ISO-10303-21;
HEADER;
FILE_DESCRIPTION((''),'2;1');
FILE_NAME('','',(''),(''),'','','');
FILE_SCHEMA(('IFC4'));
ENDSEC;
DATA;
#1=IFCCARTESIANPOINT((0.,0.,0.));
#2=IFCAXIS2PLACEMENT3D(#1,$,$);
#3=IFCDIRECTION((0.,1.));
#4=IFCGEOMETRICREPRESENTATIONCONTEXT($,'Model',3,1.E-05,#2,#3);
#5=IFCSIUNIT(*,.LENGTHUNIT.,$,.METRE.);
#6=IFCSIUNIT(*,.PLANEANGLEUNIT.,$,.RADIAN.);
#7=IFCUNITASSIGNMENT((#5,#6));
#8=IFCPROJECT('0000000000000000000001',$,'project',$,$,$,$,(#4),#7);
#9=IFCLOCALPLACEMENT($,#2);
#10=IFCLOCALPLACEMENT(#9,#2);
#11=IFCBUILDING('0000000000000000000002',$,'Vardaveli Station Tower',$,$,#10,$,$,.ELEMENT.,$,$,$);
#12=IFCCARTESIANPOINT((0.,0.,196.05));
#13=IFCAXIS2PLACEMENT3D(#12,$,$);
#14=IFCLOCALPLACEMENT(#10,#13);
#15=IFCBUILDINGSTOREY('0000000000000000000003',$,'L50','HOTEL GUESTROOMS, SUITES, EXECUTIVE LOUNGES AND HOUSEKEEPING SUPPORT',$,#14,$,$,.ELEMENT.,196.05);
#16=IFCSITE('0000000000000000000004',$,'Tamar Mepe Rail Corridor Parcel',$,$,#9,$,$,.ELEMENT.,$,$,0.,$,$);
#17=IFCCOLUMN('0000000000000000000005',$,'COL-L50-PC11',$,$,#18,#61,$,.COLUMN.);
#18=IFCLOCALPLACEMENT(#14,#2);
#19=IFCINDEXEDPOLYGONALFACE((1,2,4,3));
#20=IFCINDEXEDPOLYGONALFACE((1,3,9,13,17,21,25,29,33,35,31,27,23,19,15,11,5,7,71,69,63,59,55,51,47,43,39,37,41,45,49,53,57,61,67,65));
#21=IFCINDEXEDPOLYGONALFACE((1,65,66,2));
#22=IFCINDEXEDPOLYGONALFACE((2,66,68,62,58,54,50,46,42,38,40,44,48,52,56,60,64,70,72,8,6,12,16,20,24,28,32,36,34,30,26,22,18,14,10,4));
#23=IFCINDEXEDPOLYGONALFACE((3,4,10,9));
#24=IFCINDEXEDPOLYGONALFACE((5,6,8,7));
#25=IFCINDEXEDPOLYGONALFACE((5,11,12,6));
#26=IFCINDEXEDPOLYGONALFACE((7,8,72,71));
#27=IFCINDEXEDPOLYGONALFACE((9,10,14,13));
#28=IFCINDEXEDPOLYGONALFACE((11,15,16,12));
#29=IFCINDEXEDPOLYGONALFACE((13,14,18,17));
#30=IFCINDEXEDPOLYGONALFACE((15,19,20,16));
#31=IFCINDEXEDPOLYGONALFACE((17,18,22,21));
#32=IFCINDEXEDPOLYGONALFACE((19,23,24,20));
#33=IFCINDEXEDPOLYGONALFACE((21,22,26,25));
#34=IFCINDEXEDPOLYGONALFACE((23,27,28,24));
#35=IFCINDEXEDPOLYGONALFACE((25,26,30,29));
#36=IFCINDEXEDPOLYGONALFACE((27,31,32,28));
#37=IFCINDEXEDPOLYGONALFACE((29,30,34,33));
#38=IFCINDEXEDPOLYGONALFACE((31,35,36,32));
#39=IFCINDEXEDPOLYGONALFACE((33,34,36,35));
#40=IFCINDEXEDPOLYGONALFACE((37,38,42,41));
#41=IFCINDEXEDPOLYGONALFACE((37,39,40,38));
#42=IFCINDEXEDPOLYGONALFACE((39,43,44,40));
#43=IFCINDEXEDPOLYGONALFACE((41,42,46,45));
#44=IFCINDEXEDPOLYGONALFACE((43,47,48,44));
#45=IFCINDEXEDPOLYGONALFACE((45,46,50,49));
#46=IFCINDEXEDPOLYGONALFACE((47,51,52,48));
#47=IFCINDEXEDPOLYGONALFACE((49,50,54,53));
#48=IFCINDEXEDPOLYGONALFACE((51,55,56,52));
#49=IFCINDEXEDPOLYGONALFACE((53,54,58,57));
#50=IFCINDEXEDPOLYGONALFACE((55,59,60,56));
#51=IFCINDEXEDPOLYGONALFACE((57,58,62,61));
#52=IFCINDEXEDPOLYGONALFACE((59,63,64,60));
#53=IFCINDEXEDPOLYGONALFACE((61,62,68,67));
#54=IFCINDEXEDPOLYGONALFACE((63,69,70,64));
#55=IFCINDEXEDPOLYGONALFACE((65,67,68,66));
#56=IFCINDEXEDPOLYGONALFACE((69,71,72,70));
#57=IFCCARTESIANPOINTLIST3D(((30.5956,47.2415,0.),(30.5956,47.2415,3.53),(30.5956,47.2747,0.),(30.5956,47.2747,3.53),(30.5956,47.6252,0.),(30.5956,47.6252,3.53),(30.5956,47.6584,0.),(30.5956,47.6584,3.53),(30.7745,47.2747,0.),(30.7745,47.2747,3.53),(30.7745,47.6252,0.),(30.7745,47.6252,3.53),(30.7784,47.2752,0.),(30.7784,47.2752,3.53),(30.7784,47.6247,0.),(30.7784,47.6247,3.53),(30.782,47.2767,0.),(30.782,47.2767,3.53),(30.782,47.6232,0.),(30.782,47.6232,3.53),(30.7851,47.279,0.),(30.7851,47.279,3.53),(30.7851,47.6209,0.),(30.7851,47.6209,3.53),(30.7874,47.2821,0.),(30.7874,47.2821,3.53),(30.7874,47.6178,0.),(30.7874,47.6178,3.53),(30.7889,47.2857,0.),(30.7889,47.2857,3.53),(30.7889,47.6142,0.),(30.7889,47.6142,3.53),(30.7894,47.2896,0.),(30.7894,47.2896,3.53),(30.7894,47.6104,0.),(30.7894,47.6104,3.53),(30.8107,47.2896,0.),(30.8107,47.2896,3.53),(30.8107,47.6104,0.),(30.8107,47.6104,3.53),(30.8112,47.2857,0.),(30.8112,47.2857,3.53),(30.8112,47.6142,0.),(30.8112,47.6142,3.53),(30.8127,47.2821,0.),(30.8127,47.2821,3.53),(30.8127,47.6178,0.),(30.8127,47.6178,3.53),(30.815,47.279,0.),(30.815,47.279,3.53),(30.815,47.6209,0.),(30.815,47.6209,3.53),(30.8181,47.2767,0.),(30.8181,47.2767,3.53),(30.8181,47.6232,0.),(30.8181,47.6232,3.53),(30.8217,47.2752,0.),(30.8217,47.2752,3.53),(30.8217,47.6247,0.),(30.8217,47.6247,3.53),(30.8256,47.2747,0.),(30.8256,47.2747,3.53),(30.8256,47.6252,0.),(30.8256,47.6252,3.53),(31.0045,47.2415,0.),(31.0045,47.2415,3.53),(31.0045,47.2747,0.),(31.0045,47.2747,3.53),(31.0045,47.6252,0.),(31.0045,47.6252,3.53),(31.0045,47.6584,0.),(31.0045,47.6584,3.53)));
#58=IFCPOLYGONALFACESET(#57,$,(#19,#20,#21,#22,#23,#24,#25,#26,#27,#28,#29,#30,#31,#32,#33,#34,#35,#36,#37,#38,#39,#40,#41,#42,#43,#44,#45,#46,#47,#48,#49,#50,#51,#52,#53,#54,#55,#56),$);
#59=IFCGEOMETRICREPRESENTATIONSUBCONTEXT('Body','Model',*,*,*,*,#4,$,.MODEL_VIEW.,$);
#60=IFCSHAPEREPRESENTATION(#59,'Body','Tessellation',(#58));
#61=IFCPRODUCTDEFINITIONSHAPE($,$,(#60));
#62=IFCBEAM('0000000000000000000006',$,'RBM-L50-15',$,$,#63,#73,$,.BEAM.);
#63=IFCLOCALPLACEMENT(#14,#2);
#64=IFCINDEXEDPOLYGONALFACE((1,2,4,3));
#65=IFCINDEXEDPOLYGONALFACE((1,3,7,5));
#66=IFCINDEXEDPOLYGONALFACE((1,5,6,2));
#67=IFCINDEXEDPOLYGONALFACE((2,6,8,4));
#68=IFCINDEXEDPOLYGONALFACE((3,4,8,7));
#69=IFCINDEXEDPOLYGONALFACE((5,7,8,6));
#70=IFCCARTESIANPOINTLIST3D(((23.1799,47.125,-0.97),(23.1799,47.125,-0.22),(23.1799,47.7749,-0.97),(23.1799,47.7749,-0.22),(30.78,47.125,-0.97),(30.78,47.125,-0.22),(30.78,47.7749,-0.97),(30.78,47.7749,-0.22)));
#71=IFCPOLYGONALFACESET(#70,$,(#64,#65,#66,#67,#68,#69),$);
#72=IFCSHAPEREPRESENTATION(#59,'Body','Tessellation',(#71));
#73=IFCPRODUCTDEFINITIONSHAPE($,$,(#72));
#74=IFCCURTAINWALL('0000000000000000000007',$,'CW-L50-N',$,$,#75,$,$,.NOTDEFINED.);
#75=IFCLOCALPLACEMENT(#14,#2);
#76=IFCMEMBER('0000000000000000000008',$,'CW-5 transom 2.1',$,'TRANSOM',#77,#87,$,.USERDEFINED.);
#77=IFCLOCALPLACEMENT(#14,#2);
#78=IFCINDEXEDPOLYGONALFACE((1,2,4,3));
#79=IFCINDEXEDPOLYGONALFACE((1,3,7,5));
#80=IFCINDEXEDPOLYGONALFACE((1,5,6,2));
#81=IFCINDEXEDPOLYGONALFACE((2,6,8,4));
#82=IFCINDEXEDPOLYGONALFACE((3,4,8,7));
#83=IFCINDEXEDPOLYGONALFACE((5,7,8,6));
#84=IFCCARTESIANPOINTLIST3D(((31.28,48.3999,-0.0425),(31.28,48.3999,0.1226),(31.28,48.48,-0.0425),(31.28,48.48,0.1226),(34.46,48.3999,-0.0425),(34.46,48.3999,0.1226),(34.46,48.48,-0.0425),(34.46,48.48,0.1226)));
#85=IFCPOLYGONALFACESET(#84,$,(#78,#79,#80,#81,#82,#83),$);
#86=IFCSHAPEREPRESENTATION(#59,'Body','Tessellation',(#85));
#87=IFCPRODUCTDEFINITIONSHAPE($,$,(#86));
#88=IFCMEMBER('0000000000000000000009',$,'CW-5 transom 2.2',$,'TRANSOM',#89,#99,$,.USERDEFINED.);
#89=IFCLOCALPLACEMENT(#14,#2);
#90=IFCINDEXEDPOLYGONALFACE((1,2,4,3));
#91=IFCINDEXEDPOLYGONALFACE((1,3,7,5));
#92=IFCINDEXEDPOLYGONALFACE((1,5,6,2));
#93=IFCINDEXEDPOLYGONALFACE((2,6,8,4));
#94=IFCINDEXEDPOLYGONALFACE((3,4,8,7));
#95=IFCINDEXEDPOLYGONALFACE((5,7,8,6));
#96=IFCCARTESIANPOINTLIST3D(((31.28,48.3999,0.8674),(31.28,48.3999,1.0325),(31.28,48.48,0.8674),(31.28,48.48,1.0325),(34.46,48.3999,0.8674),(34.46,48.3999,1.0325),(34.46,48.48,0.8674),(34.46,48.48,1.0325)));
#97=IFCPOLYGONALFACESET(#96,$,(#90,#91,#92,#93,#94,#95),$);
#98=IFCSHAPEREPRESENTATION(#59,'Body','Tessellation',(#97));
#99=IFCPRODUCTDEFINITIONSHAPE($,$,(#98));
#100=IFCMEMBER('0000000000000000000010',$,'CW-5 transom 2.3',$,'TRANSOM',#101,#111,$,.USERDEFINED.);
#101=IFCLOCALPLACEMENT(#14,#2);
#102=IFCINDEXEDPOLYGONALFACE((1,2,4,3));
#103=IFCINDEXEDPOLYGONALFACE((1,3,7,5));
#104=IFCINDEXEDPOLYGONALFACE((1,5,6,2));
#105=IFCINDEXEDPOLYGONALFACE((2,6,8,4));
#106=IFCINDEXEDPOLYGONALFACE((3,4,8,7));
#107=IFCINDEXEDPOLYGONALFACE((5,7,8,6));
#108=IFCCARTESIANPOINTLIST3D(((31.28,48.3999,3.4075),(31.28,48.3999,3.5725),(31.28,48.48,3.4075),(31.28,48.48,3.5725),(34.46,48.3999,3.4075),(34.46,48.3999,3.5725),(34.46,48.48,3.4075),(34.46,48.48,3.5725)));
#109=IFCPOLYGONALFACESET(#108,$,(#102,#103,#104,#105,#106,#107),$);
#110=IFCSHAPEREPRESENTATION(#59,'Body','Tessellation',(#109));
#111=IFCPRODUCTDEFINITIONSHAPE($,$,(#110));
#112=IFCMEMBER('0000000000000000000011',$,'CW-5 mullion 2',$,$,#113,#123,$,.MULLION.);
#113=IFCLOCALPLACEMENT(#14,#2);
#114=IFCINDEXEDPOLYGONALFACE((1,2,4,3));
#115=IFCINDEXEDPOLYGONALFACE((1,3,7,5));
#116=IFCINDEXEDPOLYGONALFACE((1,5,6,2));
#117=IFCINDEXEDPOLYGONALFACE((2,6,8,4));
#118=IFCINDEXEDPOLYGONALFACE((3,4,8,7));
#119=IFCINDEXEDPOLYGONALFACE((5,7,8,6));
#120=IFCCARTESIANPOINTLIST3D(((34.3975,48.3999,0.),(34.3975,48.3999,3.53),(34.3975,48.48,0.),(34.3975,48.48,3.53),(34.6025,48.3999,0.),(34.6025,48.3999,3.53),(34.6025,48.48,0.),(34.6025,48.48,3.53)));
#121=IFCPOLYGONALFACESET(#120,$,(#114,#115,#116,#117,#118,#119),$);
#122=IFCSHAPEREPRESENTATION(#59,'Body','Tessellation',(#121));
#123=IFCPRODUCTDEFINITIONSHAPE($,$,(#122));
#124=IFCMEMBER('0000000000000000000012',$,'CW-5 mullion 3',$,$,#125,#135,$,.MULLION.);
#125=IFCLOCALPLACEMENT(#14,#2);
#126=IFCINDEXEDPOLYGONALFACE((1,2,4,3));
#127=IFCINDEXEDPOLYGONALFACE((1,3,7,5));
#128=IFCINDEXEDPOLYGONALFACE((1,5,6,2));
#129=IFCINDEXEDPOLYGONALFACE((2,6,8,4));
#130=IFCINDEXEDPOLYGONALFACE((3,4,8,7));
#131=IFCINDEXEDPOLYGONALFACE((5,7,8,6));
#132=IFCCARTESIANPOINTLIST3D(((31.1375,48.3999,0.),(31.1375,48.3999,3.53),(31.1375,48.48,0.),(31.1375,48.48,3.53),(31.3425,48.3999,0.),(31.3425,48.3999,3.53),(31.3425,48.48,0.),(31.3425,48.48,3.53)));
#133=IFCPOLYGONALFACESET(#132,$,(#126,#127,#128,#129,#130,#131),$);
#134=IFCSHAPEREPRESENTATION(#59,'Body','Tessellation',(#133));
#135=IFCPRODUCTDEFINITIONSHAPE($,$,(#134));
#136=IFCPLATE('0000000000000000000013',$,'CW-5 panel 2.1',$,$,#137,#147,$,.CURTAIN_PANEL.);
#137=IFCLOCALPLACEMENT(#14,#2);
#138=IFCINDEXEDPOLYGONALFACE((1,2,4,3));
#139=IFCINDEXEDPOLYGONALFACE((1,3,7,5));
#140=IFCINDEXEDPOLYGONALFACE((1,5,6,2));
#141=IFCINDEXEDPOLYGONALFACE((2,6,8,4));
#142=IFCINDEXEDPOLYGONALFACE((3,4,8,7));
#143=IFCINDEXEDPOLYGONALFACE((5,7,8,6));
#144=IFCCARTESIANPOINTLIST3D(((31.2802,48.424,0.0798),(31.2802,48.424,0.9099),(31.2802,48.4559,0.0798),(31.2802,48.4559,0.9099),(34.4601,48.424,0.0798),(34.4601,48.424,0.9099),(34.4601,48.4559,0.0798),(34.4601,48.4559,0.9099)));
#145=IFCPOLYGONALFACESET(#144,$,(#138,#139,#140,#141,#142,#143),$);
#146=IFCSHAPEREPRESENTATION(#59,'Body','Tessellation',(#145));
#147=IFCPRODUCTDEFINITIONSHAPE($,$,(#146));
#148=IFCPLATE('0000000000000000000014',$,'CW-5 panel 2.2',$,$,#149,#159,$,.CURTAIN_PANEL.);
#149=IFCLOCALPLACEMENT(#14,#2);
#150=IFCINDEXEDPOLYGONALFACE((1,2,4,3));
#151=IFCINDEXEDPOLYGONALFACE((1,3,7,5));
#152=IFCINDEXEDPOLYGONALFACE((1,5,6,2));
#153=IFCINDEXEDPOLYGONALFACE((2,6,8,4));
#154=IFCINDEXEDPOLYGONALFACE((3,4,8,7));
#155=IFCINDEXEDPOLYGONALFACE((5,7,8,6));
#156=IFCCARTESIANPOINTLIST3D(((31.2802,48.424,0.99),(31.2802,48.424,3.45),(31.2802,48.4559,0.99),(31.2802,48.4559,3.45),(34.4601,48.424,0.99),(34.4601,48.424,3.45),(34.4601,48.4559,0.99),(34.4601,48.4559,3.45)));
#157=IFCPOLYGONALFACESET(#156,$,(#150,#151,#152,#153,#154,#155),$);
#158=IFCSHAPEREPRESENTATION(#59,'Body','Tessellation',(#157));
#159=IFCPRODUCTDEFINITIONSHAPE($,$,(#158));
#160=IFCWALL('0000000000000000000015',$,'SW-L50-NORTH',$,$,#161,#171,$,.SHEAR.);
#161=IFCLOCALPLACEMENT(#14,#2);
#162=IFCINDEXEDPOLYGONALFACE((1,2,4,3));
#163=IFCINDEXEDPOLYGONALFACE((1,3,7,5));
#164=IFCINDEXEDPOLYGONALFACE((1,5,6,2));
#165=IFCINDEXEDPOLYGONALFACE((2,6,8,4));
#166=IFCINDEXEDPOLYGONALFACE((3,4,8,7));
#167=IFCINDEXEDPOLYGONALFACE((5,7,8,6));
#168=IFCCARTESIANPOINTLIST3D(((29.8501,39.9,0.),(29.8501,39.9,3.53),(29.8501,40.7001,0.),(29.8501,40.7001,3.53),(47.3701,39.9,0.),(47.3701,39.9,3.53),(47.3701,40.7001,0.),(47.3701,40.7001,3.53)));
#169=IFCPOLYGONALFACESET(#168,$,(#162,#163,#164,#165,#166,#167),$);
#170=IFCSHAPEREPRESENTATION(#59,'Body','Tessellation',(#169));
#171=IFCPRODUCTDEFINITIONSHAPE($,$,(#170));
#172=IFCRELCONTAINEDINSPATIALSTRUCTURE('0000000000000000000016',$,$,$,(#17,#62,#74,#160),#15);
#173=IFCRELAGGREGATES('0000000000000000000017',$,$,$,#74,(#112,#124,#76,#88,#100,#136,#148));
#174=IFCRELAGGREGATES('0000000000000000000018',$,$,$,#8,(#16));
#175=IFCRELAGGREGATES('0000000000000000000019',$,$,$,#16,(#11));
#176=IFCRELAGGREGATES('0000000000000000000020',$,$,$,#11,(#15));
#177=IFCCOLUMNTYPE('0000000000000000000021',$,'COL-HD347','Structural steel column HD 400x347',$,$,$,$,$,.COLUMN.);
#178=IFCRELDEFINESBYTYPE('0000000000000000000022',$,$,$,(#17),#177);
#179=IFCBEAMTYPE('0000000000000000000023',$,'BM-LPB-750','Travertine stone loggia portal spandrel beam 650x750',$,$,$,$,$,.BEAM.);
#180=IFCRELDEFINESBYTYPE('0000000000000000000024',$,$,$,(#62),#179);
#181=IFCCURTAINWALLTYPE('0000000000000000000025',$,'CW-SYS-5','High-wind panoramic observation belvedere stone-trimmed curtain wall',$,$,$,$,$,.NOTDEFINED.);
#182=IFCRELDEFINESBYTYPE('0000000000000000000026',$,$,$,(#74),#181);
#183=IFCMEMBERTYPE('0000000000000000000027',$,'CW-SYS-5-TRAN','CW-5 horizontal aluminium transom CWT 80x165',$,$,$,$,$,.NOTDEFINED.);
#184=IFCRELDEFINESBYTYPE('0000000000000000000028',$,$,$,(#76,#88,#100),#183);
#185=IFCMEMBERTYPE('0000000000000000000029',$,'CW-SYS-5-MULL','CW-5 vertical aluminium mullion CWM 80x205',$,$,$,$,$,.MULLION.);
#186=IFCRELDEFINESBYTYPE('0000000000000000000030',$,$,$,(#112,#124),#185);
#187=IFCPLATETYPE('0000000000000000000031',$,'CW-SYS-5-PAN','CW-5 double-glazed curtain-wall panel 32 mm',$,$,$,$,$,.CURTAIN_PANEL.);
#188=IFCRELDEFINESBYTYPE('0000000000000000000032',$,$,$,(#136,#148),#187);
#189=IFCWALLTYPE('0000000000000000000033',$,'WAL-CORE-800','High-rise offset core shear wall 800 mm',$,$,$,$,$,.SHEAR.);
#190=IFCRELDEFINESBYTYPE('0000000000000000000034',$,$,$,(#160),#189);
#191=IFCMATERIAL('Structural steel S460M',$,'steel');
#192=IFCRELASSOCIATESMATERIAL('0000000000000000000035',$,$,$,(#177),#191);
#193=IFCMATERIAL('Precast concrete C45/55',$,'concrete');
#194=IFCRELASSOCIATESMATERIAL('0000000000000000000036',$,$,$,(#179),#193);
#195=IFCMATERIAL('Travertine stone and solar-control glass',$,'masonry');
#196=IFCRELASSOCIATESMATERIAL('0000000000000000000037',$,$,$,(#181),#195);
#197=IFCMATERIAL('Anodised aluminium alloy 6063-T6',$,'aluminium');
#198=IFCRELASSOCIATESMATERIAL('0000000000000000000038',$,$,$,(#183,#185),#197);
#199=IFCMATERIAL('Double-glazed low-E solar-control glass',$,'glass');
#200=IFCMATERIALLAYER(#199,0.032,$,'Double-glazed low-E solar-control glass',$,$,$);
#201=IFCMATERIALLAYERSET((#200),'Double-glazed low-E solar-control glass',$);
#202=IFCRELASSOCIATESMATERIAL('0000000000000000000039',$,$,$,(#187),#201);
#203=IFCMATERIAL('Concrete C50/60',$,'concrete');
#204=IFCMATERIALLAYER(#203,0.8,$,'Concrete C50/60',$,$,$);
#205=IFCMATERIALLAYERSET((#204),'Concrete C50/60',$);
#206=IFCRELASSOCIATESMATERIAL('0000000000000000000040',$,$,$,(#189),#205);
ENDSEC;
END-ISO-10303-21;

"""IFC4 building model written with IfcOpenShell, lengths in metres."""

from ifc_helpers import new_model, si_unit, direction, frame, frame_2d, origin, origin_2d, place, context, subcontext, project, spatial, rectangle, i_section, extrude, source, transform, mapped, material, layer, layer_set, material_profile, profile_set, type_object, element, aggregate, save


model = new_model("IFC4")

# Units and contexts
model_context = context("Model", 3, precision=1e-05, world=origin(), true_north=direction((0.0, 1.0)))
body_context = subcontext(model_context, "Body", "Model", "MODEL_VIEW")
ifc_project = project(units=[si_unit("LENGTHUNIT", "METRE"), si_unit("PLANEANGLEUNIT", "RADIAN")], contexts=[model_context])

# Site, building, storey
site_placement = place(None, origin())
site = spatial("IfcSite", under=ifc_project, at=site_placement, Name="Tamar Mepe Rail Corridor Parcel", CompositionType="ELEMENT", RefElevation=0.0)
building_placement = place(site_placement, origin())
building = spatial("IfcBuilding", under=site, at=building_placement, Name="Vardaveli Station Tower", CompositionType="ELEMENT")
storey_placement = place(building_placement, frame((0.0, 0.0, 196.05)))
storey = spatial("IfcBuildingStorey", under=building, at=storey_placement, Name="L50", Description="HOTEL GUESTROOMS, SUITES, EXECUTIVE LOUNGES AND HOUSEKEEPING SUPPORT", CompositionType="ELEMENT", Elevation=196.05)

# Column
ifc_material_1 = material(Name="Structural steel S460M", Category="steel")
ifc_material_profile_1 = material_profile(ifc_material_1, i_section(OverallWidth=0.4089, OverallDepth=0.417, WebThickness=0.0212, FlangeThickness=0.0332, FilletRadius=0.0149, at=origin_2d()), Name="HD 400x347")
ifc_profile_set_1 = profile_set([ifc_material_profile_1], Name="Structural steel S460M")
column_type = type_object("IfcColumnType", Name="COL-HD347", Description="Structural steel column HD 400x347", PredefinedType="COLUMN", material=ifc_profile_set_1)
shared_shape_1 = source(origin(), body_context, "Body", "SweptSolid", [
    extrude(i_section(OverallWidth=0.4089, OverallDepth=0.417, WebThickness=0.0212, FlangeThickness=0.0332, FilletRadius=0.0149, at=origin_2d()), origin(), (0.0, 0.0, 1.0), 3.53),
])
column_placement = place(storey_placement, frame((30.8, 47.45, 0.0), z_axis=(0.0, 0.0, 1.0), x_axis=(1.0, 0.0, 0.0)))
element("IfcColumn", 1, at=column_placement, inside=storey, type_object=column_type, Name="COL-L50-PC11", PredefinedType="COLUMN", context=body_context, shape_type="MappedRepresentation", body=[
    mapped(shared_shape_1, transform((0.0, 0.0, 0.0), scale=1.0)),
])

# Beam
ifc_material_2 = material(Name="Precast concrete C45/55", Category="concrete")
ifc_material_profile_2 = material_profile(ifc_material_2, rectangle(XDim=0.6499, YDim=0.75, at=origin_2d()), Name="LPB 650x750")
ifc_profile_set_2 = profile_set([ifc_material_profile_2], Name="Precast concrete C45/55")
beam_type = type_object("IfcBeamType", Name="BM-LPB-750", Description="Travertine stone loggia portal spandrel beam 650x750", PredefinedType="BEAM", material=ifc_profile_set_2)
shared_shape_2 = source(origin(), body_context, "Body", "SweptSolid", [
    extrude(rectangle(XDim=0.6499, YDim=0.75, at=origin_2d()), origin(), (0.0, 0.0, 1.0), 7.6001),
])
beam_placement = place(storey_placement, frame((30.78, 47.45, -0.595), z_axis=(-1.0, 0.0, 0.0), x_axis=(0.0, -1.0, 0.0)))
element("IfcBeam", 2, at=beam_placement, inside=storey, type_object=beam_type, Name="RBM-L50-15", PredefinedType="BEAM", context=body_context, shape_type="MappedRepresentation", body=[
    mapped(shared_shape_2, transform((0.0, 0.0, 0.0), scale=1.0)),
])

# Curtain wall, members, plates
ifc_material_3 = material(Name="Travertine stone and solar-control glass", Category="masonry")
curtain_wall_type = type_object("IfcCurtainWallType", Name="CW-SYS-5", Description="High-wind panoramic observation belvedere stone-trimmed curtain wall", PredefinedType="NOTDEFINED", material=ifc_material_3)
curtain_wall_placement = place(storey_placement, origin())
curtain_wall = element("IfcCurtainWall", 3, at=curtain_wall_placement, inside=storey, type_object=curtain_wall_type, Name="CW-L50-N", PredefinedType="NOTDEFINED")
ifc_material_4 = material(Name="Anodised aluminium alloy 6063-T6", Category="aluminium")
ifc_material_profile_3 = material_profile(ifc_material_4, rectangle(XDim=0.0801, YDim=0.165, at=origin_2d()), Name="CWT 80x165")
ifc_profile_set_3 = profile_set([ifc_material_profile_3], Name="Anodised aluminium alloy 6063-T6")
member_type_1 = type_object("IfcMemberType", Name="CW-SYS-5-TRAN", Description="CW-5 horizontal aluminium transom CWT 80x165", PredefinedType="NOTDEFINED", material=ifc_profile_set_3)
shared_shape_3 = source(origin(), body_context, "Body", "SweptSolid", [
    extrude(rectangle(XDim=0.0801, YDim=0.165, at=origin_2d()), origin(), (0.0, 0.0, 1.0), 3.1799),
])
member_1_placement = place(storey_placement, frame((34.46, 48.4399, 0.04), z_axis=(-1.0, 0.0, 0.0), x_axis=(0.0, -1.0, 0.0)))
member_1 = element("IfcMember", 4, at=member_1_placement, type_object=member_type_1, Name="CW-5 transom 2.1", ObjectType="TRANSOM", PredefinedType="USERDEFINED", context=body_context, shape_type="MappedRepresentation", body=[
    mapped(shared_shape_3, transform((0.0, 0.0, 0.0), scale=1.0)),
])
member_2_placement = place(storey_placement, frame((34.46, 48.4399, 0.95), z_axis=(-1.0, 0.0, 0.0), x_axis=(0.0, -1.0, 0.0)))
member_2 = element("IfcMember", 5, at=member_2_placement, type_object=member_type_1, Name="CW-5 transom 2.2", ObjectType="TRANSOM", PredefinedType="USERDEFINED", context=body_context, shape_type="MappedRepresentation", body=[
    mapped(shared_shape_3, transform((0.0, 0.0, 0.0), scale=1.0)),
])
member_3_placement = place(storey_placement, frame((34.46, 48.4399, 3.49), z_axis=(-1.0, 0.0, 0.0), x_axis=(0.0, -1.0, 0.0)))
member_3 = element("IfcMember", 6, at=member_3_placement, type_object=member_type_1, Name="CW-5 transom 2.3", ObjectType="TRANSOM", PredefinedType="USERDEFINED", context=body_context, shape_type="MappedRepresentation", body=[
    mapped(shared_shape_3, transform((0.0, 0.0, 0.0), scale=1.0)),
])
ifc_material_profile_4 = material_profile(ifc_material_4, rectangle(XDim=0.0801, YDim=0.2051, at=origin_2d()), Name="CWM 80x205")
ifc_profile_set_4 = profile_set([ifc_material_profile_4], Name="Anodised aluminium alloy 6063-T6")
member_type_2 = type_object("IfcMemberType", Name="CW-SYS-5-MULL", Description="CW-5 vertical aluminium mullion CWM 80x205", PredefinedType="MULLION", material=ifc_profile_set_4)
shared_shape_4 = source(origin(), body_context, "Body", "SweptSolid", [
    extrude(rectangle(XDim=0.0801, YDim=0.2051, at=origin_2d()), origin(), (0.0, 0.0, 1.0), 3.53),
])
member_4_placement = place(storey_placement, frame((34.5, 48.4399, 0.0), z_axis=(0.0, 0.0, 1.0), x_axis=(0.0, -1.0, 0.0)))
member_4 = element("IfcMember", 7, at=member_4_placement, type_object=member_type_2, Name="CW-5 mullion 2", PredefinedType="MULLION", context=body_context, shape_type="MappedRepresentation", body=[
    mapped(shared_shape_4, transform((0.0, 0.0, 0.0), scale=1.0)),
])
member_5_placement = place(storey_placement, frame((31.24, 48.4399, 0.0), z_axis=(0.0, 0.0, 1.0), x_axis=(0.0, -1.0, 0.0)))
member_5 = element("IfcMember", 8, at=member_5_placement, type_object=member_type_2, Name="CW-5 mullion 3", PredefinedType="MULLION", context=body_context, shape_type="MappedRepresentation", body=[
    mapped(shared_shape_4, transform((0.0, 0.0, 0.0), scale=1.0)),
])
ifc_material_5 = material(Name="Double-glazed low-E solar-control glass", Category="glass")
ifc_layer_1 = layer(ifc_material_5, 0.032, Name="Double-glazed low-E solar-control glass")
ifc_layer_set_1 = layer_set([ifc_layer_1], Name="Double-glazed low-E solar-control glass")
plate_type = type_object("IfcPlateType", Name="CW-SYS-5-PAN", Description="CW-5 double-glazed curtain-wall panel 32 mm", PredefinedType="CURTAIN_PANEL", material=ifc_layer_set_1)
shared_shape_5 = source(origin(), body_context, "Body", "SweptSolid", [
    extrude(rectangle(XDim=3.1799, YDim=0.032, at=origin_2d()), origin(), (0.0, 0.0, 1.0), 0.8301),
])
plate_1_placement = place(storey_placement, frame((32.8701, 48.4399, 0.0798), z_axis=(0.0, 0.0, 1.0), x_axis=(-1.0, 0.0, 0.0)))
plate_1 = element("IfcPlate", 9, at=plate_1_placement, type_object=plate_type, Name="CW-5 panel 2.1", PredefinedType="CURTAIN_PANEL", context=body_context, shape_type="MappedRepresentation", body=[
    mapped(shared_shape_5, transform((0.0, 0.0, 0.0), scale=1.0)),
])
shared_shape_6 = source(origin(), body_context, "Body", "SweptSolid", [
    extrude(rectangle(XDim=3.1799, YDim=0.032, at=origin_2d()), origin(), (0.0, 0.0, 1.0), 2.46),
])
plate_2_placement = place(storey_placement, frame((32.8701, 48.4399, 0.99), z_axis=(0.0, 0.0, 1.0), x_axis=(-1.0, 0.0, 0.0)))
plate_2 = element("IfcPlate", 10, at=plate_2_placement, type_object=plate_type, Name="CW-5 panel 2.2", PredefinedType="CURTAIN_PANEL", context=body_context, shape_type="MappedRepresentation", body=[
    mapped(shared_shape_6, transform((0.0, 0.0, 0.0), scale=1.0)),
])
aggregate(curtain_wall, [member_4, member_5, member_1, member_2, member_3, plate_1, plate_2])

# Wall
ifc_material_6 = material(Name="Concrete C50/60", Category="concrete")
ifc_layer_2 = layer(ifc_material_6, 0.8, Name="Concrete C50/60")
ifc_layer_set_2 = layer_set([ifc_layer_2], Name="Concrete C50/60")
wall_type_1 = type_object("IfcWallType", Name="WAL-CORE-800", Description="High-rise offset core shear wall 800 mm", PredefinedType="SHEAR", material=ifc_layer_set_2)
shared_shape_7 = source(origin(), body_context, "Body", "SweptSolid", [
    extrude(rectangle(XDim=17.52, YDim=0.8, at=frame_2d((8.76, 0.0))), origin(), (0.0, 0.0, 1.0), 3.53),
])
wall_1_placement = place(storey_placement, frame((29.8501, 40.3, 0.0), z_axis=(0.0, 0.0, 1.0), x_axis=(1.0, 0.0, 0.0)))
element("IfcWall", 11, at=wall_1_placement, inside=storey, type_object=wall_type_1, Name="SW-L50-NORTH", PredefinedType="SHEAR", context=body_context, shape_type="MappedRepresentation", body=[
    mapped(shared_shape_7, transform((0.0, 0.0, 0.0), scale=1.0)),
])

save(model, "model.ifc")
